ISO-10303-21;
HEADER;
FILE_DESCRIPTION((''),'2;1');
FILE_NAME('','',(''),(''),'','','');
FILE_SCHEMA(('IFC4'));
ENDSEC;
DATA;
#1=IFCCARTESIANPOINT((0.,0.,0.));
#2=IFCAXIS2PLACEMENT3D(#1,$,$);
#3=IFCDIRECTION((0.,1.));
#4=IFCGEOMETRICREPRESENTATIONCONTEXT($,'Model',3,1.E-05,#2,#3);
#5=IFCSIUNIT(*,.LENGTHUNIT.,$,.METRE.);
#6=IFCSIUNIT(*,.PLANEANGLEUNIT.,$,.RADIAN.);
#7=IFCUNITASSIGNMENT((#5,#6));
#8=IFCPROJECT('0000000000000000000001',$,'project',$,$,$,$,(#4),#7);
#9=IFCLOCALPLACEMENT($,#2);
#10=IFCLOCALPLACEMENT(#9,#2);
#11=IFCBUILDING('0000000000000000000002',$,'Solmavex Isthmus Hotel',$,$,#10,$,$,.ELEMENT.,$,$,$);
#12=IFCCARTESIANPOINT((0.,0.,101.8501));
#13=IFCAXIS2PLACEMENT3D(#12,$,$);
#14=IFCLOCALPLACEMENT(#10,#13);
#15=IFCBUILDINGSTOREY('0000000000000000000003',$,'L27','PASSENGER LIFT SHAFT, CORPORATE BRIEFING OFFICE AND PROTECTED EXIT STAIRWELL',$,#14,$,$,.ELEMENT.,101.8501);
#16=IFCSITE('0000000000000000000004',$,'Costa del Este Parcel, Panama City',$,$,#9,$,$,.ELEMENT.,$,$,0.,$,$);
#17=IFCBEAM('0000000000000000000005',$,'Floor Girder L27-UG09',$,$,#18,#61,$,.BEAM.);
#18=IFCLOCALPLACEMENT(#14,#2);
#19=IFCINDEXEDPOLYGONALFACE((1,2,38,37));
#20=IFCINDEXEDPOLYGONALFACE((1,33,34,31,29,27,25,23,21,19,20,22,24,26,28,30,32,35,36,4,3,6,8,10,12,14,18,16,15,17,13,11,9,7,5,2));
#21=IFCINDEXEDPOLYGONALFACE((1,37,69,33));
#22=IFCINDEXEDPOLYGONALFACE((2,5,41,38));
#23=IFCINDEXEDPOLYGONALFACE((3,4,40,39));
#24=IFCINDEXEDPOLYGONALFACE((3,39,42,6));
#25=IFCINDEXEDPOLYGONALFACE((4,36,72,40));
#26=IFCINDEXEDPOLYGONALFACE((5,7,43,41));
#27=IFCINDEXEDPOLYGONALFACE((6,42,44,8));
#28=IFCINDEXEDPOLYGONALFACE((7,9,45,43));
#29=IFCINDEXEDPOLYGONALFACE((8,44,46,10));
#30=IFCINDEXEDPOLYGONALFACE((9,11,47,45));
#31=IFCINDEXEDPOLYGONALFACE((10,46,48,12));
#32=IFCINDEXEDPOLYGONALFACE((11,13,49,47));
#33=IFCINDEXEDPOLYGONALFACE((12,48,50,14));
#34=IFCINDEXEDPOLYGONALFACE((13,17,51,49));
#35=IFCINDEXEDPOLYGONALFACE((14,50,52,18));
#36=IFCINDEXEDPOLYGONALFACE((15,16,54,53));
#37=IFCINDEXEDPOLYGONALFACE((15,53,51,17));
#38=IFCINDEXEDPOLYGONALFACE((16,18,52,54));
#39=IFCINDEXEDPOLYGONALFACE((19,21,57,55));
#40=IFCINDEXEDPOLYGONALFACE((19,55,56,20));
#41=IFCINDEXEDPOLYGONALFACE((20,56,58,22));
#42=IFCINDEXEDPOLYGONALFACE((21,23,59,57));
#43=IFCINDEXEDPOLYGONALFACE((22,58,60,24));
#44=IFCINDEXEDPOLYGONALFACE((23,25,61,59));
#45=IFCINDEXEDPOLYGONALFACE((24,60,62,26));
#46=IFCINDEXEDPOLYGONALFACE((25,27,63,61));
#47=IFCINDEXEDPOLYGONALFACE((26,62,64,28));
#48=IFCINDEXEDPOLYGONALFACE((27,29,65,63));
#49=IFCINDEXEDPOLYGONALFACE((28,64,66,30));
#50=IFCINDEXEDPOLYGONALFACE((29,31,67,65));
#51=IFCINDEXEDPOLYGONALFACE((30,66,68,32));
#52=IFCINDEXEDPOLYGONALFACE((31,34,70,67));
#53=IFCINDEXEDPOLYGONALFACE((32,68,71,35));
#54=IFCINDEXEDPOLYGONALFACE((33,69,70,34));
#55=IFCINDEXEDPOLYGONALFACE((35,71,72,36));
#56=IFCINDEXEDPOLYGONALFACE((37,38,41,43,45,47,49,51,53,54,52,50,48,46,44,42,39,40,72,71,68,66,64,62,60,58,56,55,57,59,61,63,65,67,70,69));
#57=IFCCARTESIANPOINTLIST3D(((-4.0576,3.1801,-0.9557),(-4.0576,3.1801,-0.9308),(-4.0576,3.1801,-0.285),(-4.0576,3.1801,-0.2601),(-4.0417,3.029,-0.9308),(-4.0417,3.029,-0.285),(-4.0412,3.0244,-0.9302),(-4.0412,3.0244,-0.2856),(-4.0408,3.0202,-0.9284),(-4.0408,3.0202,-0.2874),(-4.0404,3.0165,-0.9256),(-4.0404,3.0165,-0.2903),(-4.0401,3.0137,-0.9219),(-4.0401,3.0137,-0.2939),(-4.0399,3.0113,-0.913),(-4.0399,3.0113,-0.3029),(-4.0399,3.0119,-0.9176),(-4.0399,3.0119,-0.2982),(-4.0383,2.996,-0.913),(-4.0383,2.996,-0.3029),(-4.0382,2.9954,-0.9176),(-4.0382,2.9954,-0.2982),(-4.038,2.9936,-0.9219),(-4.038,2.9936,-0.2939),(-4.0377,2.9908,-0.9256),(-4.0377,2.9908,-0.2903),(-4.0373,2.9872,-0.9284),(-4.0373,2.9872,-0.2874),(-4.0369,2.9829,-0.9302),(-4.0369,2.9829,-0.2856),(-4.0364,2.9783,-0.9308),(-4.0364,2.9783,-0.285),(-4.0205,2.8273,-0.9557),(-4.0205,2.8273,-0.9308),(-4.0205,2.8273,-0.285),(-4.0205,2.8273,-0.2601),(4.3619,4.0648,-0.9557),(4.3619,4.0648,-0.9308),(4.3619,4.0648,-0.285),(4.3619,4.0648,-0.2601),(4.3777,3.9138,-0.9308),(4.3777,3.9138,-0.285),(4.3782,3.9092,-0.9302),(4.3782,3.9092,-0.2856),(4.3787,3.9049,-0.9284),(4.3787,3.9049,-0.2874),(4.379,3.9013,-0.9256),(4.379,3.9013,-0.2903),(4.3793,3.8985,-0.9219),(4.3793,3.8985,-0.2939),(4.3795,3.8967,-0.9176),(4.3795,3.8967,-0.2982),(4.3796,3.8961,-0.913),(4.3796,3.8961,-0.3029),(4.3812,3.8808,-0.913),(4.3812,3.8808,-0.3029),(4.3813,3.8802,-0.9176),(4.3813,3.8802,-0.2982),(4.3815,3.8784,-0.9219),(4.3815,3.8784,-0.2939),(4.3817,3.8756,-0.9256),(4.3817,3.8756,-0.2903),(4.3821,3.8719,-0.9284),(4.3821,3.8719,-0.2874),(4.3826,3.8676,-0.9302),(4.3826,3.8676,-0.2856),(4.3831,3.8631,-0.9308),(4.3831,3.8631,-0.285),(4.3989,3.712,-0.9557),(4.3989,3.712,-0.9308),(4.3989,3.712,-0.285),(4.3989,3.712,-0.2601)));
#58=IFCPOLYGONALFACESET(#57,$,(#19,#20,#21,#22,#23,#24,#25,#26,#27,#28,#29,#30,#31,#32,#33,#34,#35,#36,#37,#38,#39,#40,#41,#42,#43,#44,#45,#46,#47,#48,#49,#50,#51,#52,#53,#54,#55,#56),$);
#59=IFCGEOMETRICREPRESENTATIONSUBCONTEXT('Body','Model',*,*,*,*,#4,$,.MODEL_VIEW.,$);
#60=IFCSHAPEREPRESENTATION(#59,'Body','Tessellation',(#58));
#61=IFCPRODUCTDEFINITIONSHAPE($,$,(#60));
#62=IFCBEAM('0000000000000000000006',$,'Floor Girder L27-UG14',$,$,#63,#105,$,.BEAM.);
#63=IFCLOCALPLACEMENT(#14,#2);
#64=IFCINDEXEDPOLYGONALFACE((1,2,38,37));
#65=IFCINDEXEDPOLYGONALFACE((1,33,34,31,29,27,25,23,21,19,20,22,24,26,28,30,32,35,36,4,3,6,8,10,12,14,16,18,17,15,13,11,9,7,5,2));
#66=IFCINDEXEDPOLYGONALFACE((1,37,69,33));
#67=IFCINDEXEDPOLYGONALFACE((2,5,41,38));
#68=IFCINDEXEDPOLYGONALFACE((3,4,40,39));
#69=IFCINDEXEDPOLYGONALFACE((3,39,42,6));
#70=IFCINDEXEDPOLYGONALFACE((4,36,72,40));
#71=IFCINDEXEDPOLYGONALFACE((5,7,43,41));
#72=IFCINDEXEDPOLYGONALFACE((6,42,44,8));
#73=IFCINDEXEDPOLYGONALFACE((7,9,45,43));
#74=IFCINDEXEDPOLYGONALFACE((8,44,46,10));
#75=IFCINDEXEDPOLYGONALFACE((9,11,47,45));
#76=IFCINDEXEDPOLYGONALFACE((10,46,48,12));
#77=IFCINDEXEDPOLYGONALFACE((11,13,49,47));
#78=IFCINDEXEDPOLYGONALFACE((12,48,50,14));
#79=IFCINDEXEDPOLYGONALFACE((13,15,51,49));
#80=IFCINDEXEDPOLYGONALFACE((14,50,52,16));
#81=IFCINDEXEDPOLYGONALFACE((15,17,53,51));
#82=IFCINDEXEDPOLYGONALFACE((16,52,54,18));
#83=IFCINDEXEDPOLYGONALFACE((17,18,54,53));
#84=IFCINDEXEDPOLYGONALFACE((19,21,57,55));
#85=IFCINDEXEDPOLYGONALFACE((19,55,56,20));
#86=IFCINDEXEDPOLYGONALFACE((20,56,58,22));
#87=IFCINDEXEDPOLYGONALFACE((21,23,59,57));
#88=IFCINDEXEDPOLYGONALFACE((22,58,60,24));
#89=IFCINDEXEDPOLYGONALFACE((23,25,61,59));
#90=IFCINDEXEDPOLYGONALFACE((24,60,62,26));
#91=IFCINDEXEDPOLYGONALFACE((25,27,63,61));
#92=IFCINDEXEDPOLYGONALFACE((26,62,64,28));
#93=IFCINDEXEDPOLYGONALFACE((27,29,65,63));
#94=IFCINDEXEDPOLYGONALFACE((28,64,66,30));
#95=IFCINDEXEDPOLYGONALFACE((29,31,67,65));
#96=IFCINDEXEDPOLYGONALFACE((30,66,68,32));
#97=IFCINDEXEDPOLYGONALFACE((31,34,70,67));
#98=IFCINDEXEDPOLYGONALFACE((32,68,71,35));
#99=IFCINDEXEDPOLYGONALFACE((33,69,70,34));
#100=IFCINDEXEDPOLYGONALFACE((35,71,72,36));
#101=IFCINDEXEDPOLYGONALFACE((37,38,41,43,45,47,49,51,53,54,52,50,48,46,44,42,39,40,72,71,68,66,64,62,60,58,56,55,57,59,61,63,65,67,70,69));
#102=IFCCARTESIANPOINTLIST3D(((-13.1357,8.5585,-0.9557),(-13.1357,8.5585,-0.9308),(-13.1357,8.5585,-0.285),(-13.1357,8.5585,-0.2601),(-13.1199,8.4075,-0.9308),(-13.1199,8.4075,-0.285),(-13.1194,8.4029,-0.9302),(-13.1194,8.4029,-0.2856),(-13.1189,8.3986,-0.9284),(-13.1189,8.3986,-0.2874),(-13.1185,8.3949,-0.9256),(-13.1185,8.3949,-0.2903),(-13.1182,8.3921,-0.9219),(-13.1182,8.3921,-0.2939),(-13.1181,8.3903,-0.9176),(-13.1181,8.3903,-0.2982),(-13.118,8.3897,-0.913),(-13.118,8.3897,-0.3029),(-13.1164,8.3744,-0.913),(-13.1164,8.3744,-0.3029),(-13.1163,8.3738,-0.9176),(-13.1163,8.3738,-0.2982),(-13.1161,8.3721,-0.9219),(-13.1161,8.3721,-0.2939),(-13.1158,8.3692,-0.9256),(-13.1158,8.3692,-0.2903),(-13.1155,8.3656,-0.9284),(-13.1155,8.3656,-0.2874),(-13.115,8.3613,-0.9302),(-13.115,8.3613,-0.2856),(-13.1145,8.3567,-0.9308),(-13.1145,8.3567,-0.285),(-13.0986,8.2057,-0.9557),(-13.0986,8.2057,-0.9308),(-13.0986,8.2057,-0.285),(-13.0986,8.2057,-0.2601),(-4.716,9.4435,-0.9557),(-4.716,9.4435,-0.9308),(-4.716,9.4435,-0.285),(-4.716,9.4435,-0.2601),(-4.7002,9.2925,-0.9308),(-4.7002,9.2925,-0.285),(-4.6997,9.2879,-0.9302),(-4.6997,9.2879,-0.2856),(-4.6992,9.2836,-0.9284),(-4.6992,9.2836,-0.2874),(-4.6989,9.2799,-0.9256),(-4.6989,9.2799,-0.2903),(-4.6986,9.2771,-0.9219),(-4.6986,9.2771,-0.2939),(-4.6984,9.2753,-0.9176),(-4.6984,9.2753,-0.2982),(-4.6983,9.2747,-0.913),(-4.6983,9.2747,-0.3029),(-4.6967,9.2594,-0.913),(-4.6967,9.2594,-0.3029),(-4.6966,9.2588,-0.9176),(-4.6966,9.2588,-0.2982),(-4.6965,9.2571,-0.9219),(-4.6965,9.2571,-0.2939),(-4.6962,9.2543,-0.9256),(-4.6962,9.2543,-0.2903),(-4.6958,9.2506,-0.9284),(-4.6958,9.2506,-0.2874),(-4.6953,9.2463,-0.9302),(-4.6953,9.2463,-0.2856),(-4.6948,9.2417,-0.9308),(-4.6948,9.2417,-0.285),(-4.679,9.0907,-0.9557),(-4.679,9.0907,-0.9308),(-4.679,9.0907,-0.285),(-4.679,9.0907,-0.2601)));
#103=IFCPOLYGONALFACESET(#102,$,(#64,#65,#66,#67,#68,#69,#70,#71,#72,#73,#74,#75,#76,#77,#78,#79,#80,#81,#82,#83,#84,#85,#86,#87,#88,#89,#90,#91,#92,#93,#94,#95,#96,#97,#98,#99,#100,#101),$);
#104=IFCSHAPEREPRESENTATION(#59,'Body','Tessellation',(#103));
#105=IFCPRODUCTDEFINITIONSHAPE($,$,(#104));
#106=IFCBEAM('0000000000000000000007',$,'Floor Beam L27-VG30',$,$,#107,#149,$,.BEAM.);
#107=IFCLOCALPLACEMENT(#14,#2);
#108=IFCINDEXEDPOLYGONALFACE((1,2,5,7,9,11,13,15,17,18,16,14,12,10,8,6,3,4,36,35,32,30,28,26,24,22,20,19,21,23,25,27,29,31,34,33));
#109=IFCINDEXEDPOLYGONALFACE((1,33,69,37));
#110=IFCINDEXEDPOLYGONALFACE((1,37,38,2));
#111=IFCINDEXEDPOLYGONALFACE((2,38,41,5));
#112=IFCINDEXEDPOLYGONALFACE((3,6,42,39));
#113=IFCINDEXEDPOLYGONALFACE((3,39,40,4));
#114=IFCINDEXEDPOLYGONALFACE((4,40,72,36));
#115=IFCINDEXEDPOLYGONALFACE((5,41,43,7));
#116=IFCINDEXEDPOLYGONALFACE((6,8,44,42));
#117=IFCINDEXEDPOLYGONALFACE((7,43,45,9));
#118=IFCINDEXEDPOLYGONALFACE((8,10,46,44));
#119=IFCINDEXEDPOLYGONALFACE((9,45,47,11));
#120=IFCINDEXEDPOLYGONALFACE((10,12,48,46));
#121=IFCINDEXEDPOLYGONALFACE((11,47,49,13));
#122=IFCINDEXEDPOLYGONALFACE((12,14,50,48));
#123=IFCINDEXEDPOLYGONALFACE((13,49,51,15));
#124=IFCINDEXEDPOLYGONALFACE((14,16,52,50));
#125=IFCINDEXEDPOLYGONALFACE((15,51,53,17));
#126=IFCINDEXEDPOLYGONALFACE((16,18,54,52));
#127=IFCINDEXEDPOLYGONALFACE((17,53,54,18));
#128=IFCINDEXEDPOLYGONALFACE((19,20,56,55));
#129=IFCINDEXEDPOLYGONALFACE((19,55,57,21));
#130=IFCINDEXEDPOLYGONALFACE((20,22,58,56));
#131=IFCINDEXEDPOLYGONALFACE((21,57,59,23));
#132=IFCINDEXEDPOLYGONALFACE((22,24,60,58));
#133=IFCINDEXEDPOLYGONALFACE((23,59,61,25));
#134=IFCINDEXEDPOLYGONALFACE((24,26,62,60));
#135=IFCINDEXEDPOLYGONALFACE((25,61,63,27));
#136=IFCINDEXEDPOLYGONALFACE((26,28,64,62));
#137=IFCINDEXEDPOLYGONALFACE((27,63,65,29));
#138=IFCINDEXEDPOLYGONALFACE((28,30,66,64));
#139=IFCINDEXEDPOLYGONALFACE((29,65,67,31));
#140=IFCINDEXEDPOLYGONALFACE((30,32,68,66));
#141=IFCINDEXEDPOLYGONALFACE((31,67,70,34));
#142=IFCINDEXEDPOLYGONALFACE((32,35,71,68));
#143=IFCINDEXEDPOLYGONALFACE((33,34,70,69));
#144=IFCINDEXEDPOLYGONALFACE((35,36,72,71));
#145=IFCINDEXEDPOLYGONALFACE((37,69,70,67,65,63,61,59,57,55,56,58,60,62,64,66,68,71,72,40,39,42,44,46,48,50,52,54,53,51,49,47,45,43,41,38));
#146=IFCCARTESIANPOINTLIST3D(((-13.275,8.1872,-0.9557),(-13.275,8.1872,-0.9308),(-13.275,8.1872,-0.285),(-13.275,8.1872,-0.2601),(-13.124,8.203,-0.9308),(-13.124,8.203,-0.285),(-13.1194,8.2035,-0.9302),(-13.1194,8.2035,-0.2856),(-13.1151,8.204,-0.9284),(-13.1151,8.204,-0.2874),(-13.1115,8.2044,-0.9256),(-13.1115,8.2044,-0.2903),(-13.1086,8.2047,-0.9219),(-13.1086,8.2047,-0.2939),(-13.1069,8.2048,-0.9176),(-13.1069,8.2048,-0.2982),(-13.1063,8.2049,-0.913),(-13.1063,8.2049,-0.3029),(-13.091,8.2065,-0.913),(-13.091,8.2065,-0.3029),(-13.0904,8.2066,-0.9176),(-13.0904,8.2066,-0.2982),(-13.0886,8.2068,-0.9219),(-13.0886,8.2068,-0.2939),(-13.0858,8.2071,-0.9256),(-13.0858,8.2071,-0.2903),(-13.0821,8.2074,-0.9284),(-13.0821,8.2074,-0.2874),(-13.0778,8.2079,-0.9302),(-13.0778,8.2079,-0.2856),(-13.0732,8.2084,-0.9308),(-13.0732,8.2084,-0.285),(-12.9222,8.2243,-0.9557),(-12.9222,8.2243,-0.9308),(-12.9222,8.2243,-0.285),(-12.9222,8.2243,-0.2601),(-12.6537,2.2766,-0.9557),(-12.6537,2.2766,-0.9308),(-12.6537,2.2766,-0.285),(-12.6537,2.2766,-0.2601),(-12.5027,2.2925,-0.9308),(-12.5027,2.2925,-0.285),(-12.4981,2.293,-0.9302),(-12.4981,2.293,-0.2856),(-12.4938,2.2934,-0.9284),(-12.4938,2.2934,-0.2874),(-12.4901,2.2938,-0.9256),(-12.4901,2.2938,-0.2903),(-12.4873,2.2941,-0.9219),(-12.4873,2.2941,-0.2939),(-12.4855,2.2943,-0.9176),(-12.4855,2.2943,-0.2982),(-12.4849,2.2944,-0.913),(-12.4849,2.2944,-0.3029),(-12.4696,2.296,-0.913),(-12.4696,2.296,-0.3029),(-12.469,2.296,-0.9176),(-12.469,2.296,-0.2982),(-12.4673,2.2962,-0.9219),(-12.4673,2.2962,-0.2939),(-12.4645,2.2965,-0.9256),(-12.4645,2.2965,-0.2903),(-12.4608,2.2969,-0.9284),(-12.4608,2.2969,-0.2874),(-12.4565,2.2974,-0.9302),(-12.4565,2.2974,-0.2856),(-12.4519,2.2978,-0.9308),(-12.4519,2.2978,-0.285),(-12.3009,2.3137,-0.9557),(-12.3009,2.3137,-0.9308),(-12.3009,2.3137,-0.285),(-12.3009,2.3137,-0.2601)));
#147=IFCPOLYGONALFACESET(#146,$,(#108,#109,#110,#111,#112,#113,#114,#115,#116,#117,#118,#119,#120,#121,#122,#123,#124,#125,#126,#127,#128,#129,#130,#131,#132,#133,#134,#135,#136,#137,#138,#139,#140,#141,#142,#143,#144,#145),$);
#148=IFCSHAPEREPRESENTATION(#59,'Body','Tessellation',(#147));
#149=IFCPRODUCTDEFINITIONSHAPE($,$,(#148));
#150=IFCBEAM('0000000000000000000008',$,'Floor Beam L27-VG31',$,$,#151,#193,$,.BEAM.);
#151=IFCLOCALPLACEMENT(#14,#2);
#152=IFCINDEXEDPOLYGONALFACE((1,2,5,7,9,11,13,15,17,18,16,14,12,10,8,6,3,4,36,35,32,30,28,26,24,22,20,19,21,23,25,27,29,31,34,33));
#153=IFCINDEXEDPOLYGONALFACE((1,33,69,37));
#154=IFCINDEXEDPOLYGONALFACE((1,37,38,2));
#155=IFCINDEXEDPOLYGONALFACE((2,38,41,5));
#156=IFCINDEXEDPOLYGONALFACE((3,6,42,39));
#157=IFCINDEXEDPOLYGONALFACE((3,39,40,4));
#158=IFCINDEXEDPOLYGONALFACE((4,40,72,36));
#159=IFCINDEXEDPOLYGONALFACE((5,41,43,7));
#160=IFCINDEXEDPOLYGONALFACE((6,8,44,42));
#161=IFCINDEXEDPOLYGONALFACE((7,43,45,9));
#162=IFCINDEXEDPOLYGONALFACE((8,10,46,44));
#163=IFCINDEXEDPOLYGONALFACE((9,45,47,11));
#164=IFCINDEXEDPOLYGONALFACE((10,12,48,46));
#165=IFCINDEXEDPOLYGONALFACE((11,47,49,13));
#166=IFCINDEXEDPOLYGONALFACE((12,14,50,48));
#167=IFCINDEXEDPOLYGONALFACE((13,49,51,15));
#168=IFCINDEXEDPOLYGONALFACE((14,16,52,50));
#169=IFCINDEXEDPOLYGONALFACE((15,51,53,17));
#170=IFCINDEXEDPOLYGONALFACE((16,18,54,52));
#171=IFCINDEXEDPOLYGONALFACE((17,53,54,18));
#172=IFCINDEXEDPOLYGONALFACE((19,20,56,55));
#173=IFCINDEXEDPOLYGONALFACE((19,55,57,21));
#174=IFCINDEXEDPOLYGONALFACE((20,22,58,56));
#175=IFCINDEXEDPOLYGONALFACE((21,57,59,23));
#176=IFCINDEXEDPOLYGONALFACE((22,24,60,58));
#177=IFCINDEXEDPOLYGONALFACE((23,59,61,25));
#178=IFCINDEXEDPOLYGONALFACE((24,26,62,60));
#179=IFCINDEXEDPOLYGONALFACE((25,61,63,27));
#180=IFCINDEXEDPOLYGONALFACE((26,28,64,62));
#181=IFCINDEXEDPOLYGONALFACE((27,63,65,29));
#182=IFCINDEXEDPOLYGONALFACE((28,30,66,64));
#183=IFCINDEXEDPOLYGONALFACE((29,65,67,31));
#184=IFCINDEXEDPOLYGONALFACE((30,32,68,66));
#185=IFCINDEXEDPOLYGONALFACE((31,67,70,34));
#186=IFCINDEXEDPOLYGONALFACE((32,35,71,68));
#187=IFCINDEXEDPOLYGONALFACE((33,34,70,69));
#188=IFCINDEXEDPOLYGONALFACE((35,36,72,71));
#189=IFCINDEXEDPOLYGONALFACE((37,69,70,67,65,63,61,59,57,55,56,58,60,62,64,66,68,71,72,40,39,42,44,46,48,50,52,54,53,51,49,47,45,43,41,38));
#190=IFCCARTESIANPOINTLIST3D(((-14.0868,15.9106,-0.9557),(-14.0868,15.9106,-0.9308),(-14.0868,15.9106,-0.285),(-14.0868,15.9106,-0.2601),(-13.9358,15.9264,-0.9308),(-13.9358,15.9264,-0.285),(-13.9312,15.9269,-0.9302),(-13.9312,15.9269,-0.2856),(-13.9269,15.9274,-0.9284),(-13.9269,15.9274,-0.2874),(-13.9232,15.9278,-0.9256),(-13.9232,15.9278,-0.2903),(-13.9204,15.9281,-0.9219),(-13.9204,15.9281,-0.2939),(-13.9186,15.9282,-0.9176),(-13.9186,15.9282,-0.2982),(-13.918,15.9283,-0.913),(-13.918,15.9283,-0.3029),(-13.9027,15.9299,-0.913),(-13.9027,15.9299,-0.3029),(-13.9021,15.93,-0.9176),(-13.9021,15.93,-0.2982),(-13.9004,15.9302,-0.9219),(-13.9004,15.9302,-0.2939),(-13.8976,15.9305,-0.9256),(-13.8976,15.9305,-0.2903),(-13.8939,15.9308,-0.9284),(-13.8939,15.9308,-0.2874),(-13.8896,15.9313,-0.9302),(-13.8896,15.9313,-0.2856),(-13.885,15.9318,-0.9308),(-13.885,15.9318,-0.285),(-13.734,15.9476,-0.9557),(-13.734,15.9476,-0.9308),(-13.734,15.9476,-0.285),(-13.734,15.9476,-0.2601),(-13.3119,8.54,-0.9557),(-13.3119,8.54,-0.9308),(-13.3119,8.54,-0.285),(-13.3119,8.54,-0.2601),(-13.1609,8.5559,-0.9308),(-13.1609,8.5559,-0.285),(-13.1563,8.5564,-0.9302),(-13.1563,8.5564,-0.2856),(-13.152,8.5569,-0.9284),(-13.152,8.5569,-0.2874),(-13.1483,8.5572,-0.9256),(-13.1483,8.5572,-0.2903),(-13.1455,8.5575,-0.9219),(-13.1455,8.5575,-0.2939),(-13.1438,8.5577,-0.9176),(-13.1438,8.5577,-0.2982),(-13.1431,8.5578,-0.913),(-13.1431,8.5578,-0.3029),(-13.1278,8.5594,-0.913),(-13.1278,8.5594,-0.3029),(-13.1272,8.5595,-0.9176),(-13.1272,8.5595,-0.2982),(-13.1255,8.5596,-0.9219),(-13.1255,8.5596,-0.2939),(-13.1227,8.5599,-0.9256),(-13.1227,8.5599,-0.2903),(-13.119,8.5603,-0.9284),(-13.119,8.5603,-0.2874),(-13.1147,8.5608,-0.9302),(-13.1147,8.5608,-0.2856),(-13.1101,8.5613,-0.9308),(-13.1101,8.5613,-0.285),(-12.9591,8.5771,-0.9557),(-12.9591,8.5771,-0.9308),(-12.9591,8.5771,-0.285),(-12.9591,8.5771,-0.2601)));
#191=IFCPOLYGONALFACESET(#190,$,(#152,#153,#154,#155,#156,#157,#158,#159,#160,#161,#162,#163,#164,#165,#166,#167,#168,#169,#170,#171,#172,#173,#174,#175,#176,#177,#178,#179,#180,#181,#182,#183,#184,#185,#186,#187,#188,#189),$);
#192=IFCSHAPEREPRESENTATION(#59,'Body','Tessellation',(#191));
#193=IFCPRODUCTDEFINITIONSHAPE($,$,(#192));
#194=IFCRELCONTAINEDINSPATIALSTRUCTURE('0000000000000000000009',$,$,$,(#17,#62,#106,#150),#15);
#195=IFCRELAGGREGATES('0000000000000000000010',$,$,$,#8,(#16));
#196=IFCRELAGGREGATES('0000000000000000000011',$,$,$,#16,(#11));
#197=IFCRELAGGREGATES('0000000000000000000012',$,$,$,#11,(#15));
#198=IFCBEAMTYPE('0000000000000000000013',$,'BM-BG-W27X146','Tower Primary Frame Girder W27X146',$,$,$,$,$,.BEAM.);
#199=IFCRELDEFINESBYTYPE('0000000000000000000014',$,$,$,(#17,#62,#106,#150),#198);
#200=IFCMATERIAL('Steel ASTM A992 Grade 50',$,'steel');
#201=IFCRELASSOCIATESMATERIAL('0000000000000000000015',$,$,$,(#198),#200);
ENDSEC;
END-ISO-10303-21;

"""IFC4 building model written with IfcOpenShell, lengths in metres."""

from ifc_helpers import new_model, si_unit, direction, frame, origin, origin_2d, place, context, subcontext, project, spatial, i_section, extrude, material, material_profile, profile_set, type_object, element, save


model = new_model("IFC4")

# Units and contexts
model_context = context("Model", 3, precision=1e-05, world=origin(), true_north=direction((0.0, 1.0)))
body_context = subcontext(model_context, "Body", "Model", "MODEL_VIEW")
ifc_project = project(units=[si_unit("LENGTHUNIT", "METRE"), si_unit("PLANEANGLEUNIT", "RADIAN")], contexts=[model_context])

# Site, building, storey
site_placement = place(None, origin())
site = spatial("IfcSite", under=ifc_project, at=site_placement, Name="Costa del Este Parcel, Panama City", CompositionType="ELEMENT", RefElevation=0.0)
building_placement = place(site_placement, origin())
building = spatial("IfcBuilding", under=site, at=building_placement, Name="Solmavex Isthmus Hotel", CompositionType="ELEMENT")
storey_placement = place(building_placement, frame((0.0, 0.0, 101.8501)))
storey = spatial("IfcBuildingStorey", under=building, at=storey_placement, Name="L27", Description="PASSENGER LIFT SHAFT, CORPORATE BRIEFING OFFICE AND PROTECTED EXIT STAIRWELL", CompositionType="ELEMENT", Elevation=101.8501)

# Beams
ifc_material_1 = material(Name="Steel ASTM A992 Grade 50", Category="steel")
ifc_material_profile_1 = material_profile(ifc_material_1, i_section(OverallWidth=0.3547, OverallDepth=0.6956, WebThickness=0.0154, FlangeThickness=0.0249, FilletRadius=0.0178, at=origin_2d()), Name="W27X146")
ifc_profile_set_1 = profile_set([ifc_material_profile_1], Name="Steel ASTM A992 Grade 50")
beam_type_1 = type_object("IfcBeamType", Name="BM-BG-W27X146", Description="Tower Primary Frame Girder W27X146", PredefinedType="BEAM", material=ifc_profile_set_1)
beam_1_placement = place(storey_placement, frame((-4.0391, 3.0037, -0.6079), z_axis=(0.994524, 0.104511, 0.0), x_axis=(-0.104511, 0.994524, 0.0)))
element("IfcBeam", 1, at=beam_1_placement, inside=storey, type_object=beam_type_1, Name="Floor Girder L27-UG09", PredefinedType="BEAM", context=body_context, shape_type="SweptSolid", body=[
    extrude(i_section(OverallWidth=0.3547, OverallDepth=0.6956, WebThickness=0.0154, FlangeThickness=0.0249, FilletRadius=0.0178, at=origin_2d()), origin(), (0.0, 0.0, 1.0), 8.4658),
])
beam_2_placement = place(storey_placement, frame((-13.1172, 8.3821, -0.6079), z_axis=(0.994521, 0.104536, 0.0), x_axis=(-0.104536, 0.994521, 0.0)))
element("IfcBeam", 2, at=beam_2_placement, inside=storey, type_object=beam_type_1, Name="Floor Girder L27-UG14", PredefinedType="BEAM", context=body_context, shape_type="SweptSolid", body=[
    extrude(i_section(OverallWidth=0.3547, OverallDepth=0.6956, WebThickness=0.0154, FlangeThickness=0.0249, FilletRadius=0.0178, at=origin_2d()), origin(), (0.0, 0.0, 1.0), 8.4661),
])
beam_3_placement = place(storey_placement, frame((-12.4773, 2.2952, -0.6079), z_axis=(-0.104546, 0.99452, 0.0), x_axis=(-0.99452, -0.104546, 0.0)))
element("IfcBeam", 3, at=beam_3_placement, inside=storey, type_object=beam_type_1, Name="Floor Beam L27-VG30", PredefinedType="BEAM", context=body_context, shape_type="SweptSolid", body=[
    extrude(i_section(OverallWidth=0.3547, OverallDepth=0.6956, WebThickness=0.0154, FlangeThickness=0.0249, FilletRadius=0.0178, at=origin_2d()), origin(), (0.0, 0.0, 1.0), 5.9431),
])
beam_4_placement = place(storey_placement, frame((-13.1355, 8.5586, -0.6079), z_axis=(-0.104558, 0.994519, 0.0), x_axis=(-0.994519, -0.104558, 0.0)))
element("IfcBeam", 4, at=beam_4_placement, inside=storey, type_object=beam_type_1, Name="Floor Beam L27-VG31", PredefinedType="BEAM", context=body_context, shape_type="SweptSolid", body=[
    extrude(i_section(OverallWidth=0.3547, OverallDepth=0.6956, WebThickness=0.0154, FlangeThickness=0.0249, FilletRadius=0.0178, at=origin_2d()), origin(), (0.0, 0.0, 1.0), 7.4111),
])

save(model, "model.ifc")
